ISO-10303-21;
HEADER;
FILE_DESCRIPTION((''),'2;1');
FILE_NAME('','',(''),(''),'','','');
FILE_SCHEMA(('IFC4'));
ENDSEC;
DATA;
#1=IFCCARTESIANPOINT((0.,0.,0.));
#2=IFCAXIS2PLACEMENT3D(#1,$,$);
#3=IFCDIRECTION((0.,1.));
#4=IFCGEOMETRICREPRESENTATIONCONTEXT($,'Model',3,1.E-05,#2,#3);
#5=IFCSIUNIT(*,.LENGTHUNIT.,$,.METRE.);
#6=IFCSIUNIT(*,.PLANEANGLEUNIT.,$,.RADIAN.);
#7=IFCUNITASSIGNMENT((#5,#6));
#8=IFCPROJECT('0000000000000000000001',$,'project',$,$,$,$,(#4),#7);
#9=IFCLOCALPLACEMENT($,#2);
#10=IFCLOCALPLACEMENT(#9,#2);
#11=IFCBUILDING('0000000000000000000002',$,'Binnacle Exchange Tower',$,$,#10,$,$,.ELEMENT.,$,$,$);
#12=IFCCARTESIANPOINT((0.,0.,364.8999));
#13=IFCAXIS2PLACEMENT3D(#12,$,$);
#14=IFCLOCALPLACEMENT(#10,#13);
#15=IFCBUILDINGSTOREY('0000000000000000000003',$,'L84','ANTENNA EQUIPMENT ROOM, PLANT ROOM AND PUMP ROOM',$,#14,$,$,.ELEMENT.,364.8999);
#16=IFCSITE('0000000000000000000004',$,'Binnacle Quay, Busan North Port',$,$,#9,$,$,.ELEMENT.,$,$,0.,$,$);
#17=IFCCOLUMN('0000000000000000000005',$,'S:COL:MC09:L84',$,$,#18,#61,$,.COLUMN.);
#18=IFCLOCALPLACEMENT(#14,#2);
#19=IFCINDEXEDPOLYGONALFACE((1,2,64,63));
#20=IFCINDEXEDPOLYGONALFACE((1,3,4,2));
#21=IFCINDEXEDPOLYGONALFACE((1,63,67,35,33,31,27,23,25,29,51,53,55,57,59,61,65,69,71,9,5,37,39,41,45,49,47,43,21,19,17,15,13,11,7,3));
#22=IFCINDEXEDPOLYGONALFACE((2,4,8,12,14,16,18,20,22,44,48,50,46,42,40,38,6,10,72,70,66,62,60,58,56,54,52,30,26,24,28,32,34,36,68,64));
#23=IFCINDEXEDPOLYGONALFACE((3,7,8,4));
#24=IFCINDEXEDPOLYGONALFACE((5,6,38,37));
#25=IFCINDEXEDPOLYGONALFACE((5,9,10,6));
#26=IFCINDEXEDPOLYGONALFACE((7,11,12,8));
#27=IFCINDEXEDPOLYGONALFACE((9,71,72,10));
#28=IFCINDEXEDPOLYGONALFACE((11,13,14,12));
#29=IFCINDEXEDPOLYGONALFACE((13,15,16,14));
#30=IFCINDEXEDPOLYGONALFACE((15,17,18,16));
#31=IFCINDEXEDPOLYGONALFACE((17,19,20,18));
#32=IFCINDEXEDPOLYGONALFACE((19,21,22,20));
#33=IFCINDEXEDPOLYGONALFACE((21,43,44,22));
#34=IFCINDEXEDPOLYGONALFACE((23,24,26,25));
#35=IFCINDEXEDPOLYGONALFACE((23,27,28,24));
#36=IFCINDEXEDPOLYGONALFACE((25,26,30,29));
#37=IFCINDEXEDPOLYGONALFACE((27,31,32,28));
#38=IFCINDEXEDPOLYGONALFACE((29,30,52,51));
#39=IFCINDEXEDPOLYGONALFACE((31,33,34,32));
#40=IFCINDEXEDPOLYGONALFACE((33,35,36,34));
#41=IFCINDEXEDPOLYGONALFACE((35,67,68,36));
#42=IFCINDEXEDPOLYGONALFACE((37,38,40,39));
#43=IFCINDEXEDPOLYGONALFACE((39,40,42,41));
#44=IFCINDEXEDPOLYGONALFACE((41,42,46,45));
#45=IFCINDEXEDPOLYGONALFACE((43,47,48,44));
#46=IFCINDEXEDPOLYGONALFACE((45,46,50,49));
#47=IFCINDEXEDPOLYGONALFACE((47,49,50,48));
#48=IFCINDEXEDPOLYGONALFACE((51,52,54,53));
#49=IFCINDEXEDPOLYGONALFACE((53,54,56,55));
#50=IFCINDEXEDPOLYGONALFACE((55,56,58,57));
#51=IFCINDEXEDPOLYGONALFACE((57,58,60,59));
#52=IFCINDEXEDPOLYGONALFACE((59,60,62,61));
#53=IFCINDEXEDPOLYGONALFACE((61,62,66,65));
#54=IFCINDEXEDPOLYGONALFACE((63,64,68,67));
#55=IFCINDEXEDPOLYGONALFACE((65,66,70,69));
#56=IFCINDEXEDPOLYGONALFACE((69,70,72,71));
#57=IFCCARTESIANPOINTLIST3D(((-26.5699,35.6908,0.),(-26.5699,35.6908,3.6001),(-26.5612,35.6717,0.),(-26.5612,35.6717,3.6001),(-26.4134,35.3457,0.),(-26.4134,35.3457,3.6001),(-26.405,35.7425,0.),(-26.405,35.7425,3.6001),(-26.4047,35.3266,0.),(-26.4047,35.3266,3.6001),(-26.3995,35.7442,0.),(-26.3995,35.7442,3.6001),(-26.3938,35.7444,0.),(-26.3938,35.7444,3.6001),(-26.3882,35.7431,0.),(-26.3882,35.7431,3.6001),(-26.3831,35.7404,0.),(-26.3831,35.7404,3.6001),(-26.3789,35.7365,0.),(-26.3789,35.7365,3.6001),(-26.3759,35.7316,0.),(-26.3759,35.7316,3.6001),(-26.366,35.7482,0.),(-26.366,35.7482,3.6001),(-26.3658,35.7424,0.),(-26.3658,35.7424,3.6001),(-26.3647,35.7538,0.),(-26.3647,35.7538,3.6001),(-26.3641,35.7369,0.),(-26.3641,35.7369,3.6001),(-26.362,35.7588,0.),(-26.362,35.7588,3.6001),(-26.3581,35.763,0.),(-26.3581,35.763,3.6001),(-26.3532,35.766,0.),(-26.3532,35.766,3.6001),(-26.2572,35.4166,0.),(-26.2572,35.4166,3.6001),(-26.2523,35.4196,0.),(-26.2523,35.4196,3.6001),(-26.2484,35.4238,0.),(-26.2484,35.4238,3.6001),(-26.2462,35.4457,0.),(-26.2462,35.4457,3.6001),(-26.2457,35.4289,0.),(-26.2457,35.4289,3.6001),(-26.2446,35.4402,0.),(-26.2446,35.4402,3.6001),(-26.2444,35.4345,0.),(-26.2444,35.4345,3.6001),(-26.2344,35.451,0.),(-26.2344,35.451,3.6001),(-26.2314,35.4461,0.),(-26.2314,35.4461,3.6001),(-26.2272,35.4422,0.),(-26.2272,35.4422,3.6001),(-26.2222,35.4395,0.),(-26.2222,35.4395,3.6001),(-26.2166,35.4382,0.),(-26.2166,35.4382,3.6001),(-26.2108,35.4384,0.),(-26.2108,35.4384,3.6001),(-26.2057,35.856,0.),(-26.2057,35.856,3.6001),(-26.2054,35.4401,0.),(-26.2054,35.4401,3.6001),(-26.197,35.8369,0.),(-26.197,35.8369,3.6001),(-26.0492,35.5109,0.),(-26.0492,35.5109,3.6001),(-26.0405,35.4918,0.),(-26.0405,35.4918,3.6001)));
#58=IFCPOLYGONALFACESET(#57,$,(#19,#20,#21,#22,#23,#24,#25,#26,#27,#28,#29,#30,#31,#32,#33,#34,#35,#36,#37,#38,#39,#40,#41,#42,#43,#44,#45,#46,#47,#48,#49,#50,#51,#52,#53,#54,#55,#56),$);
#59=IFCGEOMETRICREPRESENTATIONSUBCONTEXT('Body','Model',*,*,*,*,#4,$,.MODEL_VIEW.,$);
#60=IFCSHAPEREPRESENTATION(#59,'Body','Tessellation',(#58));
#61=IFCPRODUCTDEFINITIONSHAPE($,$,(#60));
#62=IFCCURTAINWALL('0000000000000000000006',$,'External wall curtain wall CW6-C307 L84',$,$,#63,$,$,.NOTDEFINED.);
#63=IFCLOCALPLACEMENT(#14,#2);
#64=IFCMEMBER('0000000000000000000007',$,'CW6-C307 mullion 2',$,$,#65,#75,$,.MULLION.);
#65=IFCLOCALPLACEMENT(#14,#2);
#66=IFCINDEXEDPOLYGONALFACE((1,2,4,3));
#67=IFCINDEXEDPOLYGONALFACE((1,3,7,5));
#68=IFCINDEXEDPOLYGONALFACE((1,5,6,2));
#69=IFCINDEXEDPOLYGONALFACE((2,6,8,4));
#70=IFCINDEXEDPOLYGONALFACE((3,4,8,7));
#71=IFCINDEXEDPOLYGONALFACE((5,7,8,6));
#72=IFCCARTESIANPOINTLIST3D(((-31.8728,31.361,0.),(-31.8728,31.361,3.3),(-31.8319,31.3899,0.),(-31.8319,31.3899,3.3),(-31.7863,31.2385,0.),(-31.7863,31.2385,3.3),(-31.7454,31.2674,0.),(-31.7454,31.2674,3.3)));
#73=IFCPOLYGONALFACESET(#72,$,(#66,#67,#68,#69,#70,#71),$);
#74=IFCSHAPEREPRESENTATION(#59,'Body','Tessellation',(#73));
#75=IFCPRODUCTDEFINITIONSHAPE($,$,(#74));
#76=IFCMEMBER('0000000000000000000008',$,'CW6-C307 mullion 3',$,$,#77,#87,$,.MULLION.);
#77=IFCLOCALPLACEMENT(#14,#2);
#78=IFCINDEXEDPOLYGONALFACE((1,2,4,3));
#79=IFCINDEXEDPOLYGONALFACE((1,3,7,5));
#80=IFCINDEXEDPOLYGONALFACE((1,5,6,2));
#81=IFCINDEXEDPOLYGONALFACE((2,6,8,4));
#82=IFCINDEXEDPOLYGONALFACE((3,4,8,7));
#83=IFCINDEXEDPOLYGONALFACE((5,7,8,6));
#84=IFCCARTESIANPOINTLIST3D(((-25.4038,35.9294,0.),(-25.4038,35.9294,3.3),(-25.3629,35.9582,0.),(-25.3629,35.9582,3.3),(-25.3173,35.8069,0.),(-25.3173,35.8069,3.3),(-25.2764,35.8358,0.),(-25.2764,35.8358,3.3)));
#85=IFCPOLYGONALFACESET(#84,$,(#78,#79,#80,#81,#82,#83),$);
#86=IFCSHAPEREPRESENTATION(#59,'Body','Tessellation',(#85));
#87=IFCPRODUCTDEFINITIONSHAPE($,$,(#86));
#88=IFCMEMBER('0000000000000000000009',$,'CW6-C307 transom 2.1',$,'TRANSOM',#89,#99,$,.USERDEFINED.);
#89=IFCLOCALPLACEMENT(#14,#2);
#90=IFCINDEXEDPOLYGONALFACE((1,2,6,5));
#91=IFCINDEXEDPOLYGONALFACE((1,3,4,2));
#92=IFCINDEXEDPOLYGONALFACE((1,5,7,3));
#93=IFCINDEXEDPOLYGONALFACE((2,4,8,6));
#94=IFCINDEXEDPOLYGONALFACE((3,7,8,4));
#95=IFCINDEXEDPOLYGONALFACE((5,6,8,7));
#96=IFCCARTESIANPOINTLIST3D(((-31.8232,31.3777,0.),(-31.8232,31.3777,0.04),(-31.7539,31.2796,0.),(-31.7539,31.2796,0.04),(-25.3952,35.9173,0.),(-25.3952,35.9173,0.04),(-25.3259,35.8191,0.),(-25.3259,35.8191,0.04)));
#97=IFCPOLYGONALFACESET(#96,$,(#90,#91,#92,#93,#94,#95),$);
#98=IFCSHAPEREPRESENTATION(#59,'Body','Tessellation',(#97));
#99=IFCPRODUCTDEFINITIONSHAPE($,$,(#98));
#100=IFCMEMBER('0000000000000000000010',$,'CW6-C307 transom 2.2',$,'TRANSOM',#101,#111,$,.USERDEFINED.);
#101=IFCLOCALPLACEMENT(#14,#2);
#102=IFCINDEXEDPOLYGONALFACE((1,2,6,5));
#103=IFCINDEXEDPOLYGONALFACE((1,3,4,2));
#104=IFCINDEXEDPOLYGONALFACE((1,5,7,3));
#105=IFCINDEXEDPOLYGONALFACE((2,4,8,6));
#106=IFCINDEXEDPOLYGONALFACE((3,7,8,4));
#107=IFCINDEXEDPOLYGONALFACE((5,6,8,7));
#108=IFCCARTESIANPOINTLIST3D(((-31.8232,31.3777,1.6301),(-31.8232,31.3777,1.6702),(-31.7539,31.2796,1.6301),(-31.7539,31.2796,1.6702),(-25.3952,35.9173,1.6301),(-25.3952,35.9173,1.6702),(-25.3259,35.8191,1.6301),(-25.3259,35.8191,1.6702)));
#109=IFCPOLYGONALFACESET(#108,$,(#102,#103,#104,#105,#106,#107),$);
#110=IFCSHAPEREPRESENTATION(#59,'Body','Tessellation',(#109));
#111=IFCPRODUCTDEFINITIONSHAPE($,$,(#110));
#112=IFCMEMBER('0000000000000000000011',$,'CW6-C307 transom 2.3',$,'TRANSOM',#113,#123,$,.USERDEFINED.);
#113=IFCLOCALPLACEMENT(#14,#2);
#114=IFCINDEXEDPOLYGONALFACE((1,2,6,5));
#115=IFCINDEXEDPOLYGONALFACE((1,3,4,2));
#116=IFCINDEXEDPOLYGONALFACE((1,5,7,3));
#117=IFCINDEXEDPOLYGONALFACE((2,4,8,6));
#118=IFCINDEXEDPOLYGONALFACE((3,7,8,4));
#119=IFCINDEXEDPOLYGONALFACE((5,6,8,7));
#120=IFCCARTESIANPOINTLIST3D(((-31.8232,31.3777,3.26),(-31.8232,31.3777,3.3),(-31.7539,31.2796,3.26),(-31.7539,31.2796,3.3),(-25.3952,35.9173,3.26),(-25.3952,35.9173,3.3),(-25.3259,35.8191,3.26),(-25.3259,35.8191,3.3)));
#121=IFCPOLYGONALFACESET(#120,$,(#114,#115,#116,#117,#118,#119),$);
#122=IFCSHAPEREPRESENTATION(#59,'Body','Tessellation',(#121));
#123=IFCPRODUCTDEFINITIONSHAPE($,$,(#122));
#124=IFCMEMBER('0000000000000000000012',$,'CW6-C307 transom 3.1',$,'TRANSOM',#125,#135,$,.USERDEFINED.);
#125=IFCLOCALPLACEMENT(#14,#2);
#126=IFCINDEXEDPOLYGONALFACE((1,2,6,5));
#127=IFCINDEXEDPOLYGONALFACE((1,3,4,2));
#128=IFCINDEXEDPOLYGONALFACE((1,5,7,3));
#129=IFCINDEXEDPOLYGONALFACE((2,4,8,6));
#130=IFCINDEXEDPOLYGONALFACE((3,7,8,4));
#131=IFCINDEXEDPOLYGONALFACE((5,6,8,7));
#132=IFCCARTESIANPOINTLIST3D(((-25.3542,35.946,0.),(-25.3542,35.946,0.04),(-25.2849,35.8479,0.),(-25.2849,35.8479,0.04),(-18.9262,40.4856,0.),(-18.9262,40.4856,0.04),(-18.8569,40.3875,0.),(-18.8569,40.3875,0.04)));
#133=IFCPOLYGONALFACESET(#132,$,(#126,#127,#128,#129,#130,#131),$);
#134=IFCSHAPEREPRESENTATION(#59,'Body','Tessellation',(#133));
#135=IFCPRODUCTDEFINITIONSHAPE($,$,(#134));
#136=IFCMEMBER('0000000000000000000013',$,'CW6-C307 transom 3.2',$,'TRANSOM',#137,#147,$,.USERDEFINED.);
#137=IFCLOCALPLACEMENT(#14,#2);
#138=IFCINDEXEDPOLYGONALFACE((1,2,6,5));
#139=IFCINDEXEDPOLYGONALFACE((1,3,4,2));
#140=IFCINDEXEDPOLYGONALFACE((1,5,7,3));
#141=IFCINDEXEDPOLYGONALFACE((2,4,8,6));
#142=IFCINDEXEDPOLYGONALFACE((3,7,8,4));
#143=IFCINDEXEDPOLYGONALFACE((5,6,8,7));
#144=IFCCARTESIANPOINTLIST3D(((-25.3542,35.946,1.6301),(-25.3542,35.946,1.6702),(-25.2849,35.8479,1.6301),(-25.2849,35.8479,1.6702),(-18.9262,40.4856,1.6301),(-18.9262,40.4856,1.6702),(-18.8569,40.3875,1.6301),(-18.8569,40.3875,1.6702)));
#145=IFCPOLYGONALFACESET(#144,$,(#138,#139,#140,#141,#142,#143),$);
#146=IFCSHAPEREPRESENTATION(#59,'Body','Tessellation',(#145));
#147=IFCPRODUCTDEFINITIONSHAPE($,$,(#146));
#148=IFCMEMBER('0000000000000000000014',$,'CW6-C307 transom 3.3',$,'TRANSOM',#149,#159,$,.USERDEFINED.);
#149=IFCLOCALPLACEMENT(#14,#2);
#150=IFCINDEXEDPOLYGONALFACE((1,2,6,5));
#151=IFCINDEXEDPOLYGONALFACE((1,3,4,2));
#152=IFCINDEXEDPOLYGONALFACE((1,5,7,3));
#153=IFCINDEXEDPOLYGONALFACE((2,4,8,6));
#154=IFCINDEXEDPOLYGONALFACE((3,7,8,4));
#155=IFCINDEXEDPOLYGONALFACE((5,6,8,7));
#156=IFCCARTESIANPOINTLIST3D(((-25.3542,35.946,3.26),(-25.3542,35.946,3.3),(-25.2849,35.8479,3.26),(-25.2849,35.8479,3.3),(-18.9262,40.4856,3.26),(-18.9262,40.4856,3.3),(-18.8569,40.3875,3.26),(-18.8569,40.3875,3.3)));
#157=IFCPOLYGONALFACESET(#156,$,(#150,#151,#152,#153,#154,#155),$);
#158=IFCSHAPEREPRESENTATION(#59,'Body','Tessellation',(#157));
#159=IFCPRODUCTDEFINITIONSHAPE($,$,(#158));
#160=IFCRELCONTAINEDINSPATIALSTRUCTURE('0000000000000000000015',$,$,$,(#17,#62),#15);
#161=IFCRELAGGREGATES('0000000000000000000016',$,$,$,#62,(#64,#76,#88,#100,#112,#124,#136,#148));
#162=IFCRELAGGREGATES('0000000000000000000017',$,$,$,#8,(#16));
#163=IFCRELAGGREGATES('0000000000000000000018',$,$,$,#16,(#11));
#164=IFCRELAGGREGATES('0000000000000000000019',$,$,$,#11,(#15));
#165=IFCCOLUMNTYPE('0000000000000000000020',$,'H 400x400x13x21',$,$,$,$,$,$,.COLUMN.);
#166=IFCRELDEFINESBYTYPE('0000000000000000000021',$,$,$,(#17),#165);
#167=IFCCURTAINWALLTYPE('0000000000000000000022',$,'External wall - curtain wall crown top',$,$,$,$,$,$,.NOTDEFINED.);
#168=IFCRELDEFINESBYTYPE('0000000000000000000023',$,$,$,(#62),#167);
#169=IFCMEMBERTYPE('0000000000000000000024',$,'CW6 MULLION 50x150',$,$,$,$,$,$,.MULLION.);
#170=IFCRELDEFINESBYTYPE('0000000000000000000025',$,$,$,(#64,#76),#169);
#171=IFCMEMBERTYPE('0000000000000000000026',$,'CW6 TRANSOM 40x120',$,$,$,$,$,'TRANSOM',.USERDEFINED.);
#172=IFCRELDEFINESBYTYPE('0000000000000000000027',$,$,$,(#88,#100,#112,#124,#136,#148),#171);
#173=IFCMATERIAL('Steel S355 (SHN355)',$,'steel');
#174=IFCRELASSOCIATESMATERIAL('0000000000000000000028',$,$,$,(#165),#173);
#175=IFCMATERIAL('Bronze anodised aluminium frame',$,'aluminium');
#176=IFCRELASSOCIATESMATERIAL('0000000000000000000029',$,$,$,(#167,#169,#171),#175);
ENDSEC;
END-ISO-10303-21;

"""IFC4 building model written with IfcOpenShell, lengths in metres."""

from ifc_helpers import new_model, si_unit, direction, frame, origin, origin_2d, place, context, subcontext, project, spatial, rectangle, i_section, extrude, material, material_profile, profile_set, type_object, element, aggregate, save


model = new_model("IFC4")

# Units and contexts
model_context = context("Model", 3, precision=1e-05, world=origin(), true_north=direction((0.0, 1.0)))
body_context = subcontext(model_context, "Body", "Model", "MODEL_VIEW")
ifc_project = project(units=[si_unit("LENGTHUNIT", "METRE"), si_unit("PLANEANGLEUNIT", "RADIAN")], contexts=[model_context])

# Site, building, storey
site_placement = place(None, origin())
site = spatial("IfcSite", under=ifc_project, at=site_placement, Name="Binnacle Quay, Busan North Port", CompositionType="ELEMENT", RefElevation=0.0)
building_placement = place(site_placement, origin())
building = spatial("IfcBuilding", under=site, at=building_placement, Name="Binnacle Exchange Tower", CompositionType="ELEMENT")
storey_placement = place(building_placement, frame((0.0, 0.0, 364.8999)))
storey = spatial("IfcBuildingStorey", under=building, at=storey_placement, Name="L84", Description="ANTENNA EQUIPMENT ROOM, PLANT ROOM AND PUMP ROOM", CompositionType="ELEMENT", Elevation=364.8999)

# Column
ifc_material_1 = material(Name="Steel S355 (SHN355)", Category="steel")
ifc_material_profile_1 = material_profile(ifc_material_1, i_section(OverallWidth=0.3999, OverallDepth=0.3999, WebThickness=0.0129, FlangeThickness=0.021, FilletRadius=0.022, at=origin_2d()), Name="H 400x400x13x21")
ifc_profile_set_1 = profile_set([ifc_material_profile_1], Name="Steel S355 (SHN355)")
column_type = type_object("IfcColumnType", Name="H 400x400x13x21", PredefinedType="COLUMN", material=ifc_profile_set_1)
column_placement = place(storey_placement, frame((-26.3052, 35.5913, 0.0), z_axis=(0.0, 0.0, 1.0), x_axis=(0.910705, 0.413057, 0.0)))
element("IfcColumn", 1, at=column_placement, inside=storey, type_object=column_type, Name="S:COL:MC09:L84", PredefinedType="COLUMN", context=body_context, shape_type="SweptSolid", body=[
    extrude(i_section(OverallWidth=0.3999, OverallDepth=0.3999, WebThickness=0.0129, FlangeThickness=0.021, FilletRadius=0.022, at=origin_2d()), origin(), (0.0, 0.0, 1.0), 3.6001),
])

# Curtain wall, members
ifc_material_2 = material(Name="Bronze anodised aluminium frame", Category="aluminium")
curtain_wall_type = type_object("IfcCurtainWallType", Name="External wall - curtain wall crown top", PredefinedType="NOTDEFINED", material=ifc_material_2)
curtain_wall_placement = place(storey_placement, origin())
curtain_wall = element("IfcCurtainWall", 2, at=curtain_wall_placement, inside=storey, type_object=curtain_wall_type, Name="External wall curtain wall CW6-C307 L84", PredefinedType="NOTDEFINED")
ifc_material_profile_2 = material_profile(ifc_material_2, rectangle(XDim=0.1499, YDim=0.05, at=origin_2d()), Name="AL 50x150")
ifc_profile_set_2 = profile_set([ifc_material_profile_2], Name="Bronze anodised aluminium frame")
member_type_1 = type_object("IfcMemberType", Name="CW6 MULLION 50x150", PredefinedType="MULLION", material=ifc_profile_set_2)
member_1_placement = place(storey_placement, frame((-31.8091, 31.3142, 0.0), z_axis=(0.0, 0.0, 1.0), x_axis=(-0.576854, 0.816847, 0.0)))
member_1 = element("IfcMember", 3, at=member_1_placement, type_object=member_type_1, Name="CW6-C307 mullion 2", PredefinedType="MULLION", context=body_context, shape_type="SweptSolid", body=[
    extrude(rectangle(XDim=0.1499, YDim=0.05, at=origin_2d()), origin(), (0.0, 0.0, 1.0), 3.3),
])
member_2_placement = place(storey_placement, frame((-25.3401, 35.8826, 0.0), z_axis=(0.0, 0.0, 1.0), x_axis=(-0.576854, 0.816847, 0.0)))
member_2 = element("IfcMember", 4, at=member_2_placement, type_object=member_type_1, Name="CW6-C307 mullion 3", PredefinedType="MULLION", context=body_context, shape_type="SweptSolid", body=[
    extrude(rectangle(XDim=0.1499, YDim=0.05, at=origin_2d()), origin(), (0.0, 0.0, 1.0), 3.3),
])
ifc_material_profile_3 = material_profile(ifc_material_2, rectangle(XDim=0.1201, YDim=0.04, at=origin_2d()), Name="AL 120x40")
ifc_profile_set_3 = profile_set([ifc_material_profile_3], Name="Bronze anodised aluminium frame")
member_type_2 = type_object("IfcMemberType", Name="CW6 TRANSOM 40x120", ElementType="TRANSOM", PredefinedType="USERDEFINED", material=ifc_profile_set_3)
member_3_placement = place(storey_placement, frame((-31.7886, 31.3286, 0.02), z_axis=(0.816839, 0.576866, 0.0), x_axis=(-0.576866, 0.816839, 0.0)))
member_3 = element("IfcMember", 5, at=member_3_placement, type_object=member_type_2, Name="CW6-C307 transom 2.1", ObjectType="TRANSOM", PredefinedType="USERDEFINED", context=body_context, shape_type="SweptSolid", body=[
    extrude(rectangle(XDim=0.1201, YDim=0.04, at=origin_2d()), origin(), (0.0, 0.0, 1.0), 7.8694),
])
member_4_placement = place(storey_placement, frame((-31.7886, 31.3286, 1.6501), z_axis=(0.816839, 0.576866, 0.0), x_axis=(-0.576866, 0.816839, 0.0)))
member_4 = element("IfcMember", 6, at=member_4_placement, type_object=member_type_2, Name="CW6-C307 transom 2.2", ObjectType="TRANSOM", PredefinedType="USERDEFINED", context=body_context, shape_type="SweptSolid", body=[
    extrude(rectangle(XDim=0.1201, YDim=0.04, at=origin_2d()), origin(), (0.0, 0.0, 1.0), 7.8694),
])
member_5_placement = place(storey_placement, frame((-31.7886, 31.3286, 3.28), z_axis=(0.816839, 0.576866, 0.0), x_axis=(-0.576866, 0.816839, 0.0)))
member_5 = element("IfcMember", 7, at=member_5_placement, type_object=member_type_2, Name="CW6-C307 transom 2.3", ObjectType="TRANSOM", PredefinedType="USERDEFINED", context=body_context, shape_type="SweptSolid", body=[
    extrude(rectangle(XDim=0.1201, YDim=0.04, at=origin_2d()), origin(), (0.0, 0.0, 1.0), 7.8694),
])
member_6_placement = place(storey_placement, frame((-25.3196, 35.897, 0.02), z_axis=(0.816839, 0.576866, 0.0), x_axis=(-0.576866, 0.816839, 0.0)))
member_6 = element("IfcMember", 8, at=member_6_placement, type_object=member_type_2, Name="CW6-C307 transom 3.1", ObjectType="TRANSOM", PredefinedType="USERDEFINED", context=body_context, shape_type="SweptSolid", body=[
    extrude(rectangle(XDim=0.1201, YDim=0.04, at=origin_2d()), origin(), (0.0, 0.0, 1.0), 7.8694),
])
member_7_placement = place(storey_placement, frame((-25.3196, 35.897, 1.6501), z_axis=(0.816839, 0.576866, 0.0), x_axis=(-0.576866, 0.816839, 0.0)))
member_7 = element("IfcMember", 9, at=member_7_placement, type_object=member_type_2, Name="CW6-C307 transom 3.2", ObjectType="TRANSOM", PredefinedType="USERDEFINED", context=body_context, shape_type="SweptSolid", body=[
    extrude(rectangle(XDim=0.1201, YDim=0.04, at=origin_2d()), origin(), (0.0, 0.0, 1.0), 7.8694),
])
member_8_placement = place(storey_placement, frame((-25.3196, 35.897, 3.28), z_axis=(0.816839, 0.576866, 0.0), x_axis=(-0.576866, 0.816839, 0.0)))
member_8 = element("IfcMember", 10, at=member_8_placement, type_object=member_type_2, Name="CW6-C307 transom 3.3", ObjectType="TRANSOM", PredefinedType="USERDEFINED", context=body_context, shape_type="SweptSolid", body=[
    extrude(rectangle(XDim=0.1201, YDim=0.04, at=origin_2d()), origin(), (0.0, 0.0, 1.0), 7.8694),
])

aggregate(curtain_wall, [member_1, member_2, member_3, member_4, member_5, member_6, member_7, member_8])

save(model, "model.ifc")
